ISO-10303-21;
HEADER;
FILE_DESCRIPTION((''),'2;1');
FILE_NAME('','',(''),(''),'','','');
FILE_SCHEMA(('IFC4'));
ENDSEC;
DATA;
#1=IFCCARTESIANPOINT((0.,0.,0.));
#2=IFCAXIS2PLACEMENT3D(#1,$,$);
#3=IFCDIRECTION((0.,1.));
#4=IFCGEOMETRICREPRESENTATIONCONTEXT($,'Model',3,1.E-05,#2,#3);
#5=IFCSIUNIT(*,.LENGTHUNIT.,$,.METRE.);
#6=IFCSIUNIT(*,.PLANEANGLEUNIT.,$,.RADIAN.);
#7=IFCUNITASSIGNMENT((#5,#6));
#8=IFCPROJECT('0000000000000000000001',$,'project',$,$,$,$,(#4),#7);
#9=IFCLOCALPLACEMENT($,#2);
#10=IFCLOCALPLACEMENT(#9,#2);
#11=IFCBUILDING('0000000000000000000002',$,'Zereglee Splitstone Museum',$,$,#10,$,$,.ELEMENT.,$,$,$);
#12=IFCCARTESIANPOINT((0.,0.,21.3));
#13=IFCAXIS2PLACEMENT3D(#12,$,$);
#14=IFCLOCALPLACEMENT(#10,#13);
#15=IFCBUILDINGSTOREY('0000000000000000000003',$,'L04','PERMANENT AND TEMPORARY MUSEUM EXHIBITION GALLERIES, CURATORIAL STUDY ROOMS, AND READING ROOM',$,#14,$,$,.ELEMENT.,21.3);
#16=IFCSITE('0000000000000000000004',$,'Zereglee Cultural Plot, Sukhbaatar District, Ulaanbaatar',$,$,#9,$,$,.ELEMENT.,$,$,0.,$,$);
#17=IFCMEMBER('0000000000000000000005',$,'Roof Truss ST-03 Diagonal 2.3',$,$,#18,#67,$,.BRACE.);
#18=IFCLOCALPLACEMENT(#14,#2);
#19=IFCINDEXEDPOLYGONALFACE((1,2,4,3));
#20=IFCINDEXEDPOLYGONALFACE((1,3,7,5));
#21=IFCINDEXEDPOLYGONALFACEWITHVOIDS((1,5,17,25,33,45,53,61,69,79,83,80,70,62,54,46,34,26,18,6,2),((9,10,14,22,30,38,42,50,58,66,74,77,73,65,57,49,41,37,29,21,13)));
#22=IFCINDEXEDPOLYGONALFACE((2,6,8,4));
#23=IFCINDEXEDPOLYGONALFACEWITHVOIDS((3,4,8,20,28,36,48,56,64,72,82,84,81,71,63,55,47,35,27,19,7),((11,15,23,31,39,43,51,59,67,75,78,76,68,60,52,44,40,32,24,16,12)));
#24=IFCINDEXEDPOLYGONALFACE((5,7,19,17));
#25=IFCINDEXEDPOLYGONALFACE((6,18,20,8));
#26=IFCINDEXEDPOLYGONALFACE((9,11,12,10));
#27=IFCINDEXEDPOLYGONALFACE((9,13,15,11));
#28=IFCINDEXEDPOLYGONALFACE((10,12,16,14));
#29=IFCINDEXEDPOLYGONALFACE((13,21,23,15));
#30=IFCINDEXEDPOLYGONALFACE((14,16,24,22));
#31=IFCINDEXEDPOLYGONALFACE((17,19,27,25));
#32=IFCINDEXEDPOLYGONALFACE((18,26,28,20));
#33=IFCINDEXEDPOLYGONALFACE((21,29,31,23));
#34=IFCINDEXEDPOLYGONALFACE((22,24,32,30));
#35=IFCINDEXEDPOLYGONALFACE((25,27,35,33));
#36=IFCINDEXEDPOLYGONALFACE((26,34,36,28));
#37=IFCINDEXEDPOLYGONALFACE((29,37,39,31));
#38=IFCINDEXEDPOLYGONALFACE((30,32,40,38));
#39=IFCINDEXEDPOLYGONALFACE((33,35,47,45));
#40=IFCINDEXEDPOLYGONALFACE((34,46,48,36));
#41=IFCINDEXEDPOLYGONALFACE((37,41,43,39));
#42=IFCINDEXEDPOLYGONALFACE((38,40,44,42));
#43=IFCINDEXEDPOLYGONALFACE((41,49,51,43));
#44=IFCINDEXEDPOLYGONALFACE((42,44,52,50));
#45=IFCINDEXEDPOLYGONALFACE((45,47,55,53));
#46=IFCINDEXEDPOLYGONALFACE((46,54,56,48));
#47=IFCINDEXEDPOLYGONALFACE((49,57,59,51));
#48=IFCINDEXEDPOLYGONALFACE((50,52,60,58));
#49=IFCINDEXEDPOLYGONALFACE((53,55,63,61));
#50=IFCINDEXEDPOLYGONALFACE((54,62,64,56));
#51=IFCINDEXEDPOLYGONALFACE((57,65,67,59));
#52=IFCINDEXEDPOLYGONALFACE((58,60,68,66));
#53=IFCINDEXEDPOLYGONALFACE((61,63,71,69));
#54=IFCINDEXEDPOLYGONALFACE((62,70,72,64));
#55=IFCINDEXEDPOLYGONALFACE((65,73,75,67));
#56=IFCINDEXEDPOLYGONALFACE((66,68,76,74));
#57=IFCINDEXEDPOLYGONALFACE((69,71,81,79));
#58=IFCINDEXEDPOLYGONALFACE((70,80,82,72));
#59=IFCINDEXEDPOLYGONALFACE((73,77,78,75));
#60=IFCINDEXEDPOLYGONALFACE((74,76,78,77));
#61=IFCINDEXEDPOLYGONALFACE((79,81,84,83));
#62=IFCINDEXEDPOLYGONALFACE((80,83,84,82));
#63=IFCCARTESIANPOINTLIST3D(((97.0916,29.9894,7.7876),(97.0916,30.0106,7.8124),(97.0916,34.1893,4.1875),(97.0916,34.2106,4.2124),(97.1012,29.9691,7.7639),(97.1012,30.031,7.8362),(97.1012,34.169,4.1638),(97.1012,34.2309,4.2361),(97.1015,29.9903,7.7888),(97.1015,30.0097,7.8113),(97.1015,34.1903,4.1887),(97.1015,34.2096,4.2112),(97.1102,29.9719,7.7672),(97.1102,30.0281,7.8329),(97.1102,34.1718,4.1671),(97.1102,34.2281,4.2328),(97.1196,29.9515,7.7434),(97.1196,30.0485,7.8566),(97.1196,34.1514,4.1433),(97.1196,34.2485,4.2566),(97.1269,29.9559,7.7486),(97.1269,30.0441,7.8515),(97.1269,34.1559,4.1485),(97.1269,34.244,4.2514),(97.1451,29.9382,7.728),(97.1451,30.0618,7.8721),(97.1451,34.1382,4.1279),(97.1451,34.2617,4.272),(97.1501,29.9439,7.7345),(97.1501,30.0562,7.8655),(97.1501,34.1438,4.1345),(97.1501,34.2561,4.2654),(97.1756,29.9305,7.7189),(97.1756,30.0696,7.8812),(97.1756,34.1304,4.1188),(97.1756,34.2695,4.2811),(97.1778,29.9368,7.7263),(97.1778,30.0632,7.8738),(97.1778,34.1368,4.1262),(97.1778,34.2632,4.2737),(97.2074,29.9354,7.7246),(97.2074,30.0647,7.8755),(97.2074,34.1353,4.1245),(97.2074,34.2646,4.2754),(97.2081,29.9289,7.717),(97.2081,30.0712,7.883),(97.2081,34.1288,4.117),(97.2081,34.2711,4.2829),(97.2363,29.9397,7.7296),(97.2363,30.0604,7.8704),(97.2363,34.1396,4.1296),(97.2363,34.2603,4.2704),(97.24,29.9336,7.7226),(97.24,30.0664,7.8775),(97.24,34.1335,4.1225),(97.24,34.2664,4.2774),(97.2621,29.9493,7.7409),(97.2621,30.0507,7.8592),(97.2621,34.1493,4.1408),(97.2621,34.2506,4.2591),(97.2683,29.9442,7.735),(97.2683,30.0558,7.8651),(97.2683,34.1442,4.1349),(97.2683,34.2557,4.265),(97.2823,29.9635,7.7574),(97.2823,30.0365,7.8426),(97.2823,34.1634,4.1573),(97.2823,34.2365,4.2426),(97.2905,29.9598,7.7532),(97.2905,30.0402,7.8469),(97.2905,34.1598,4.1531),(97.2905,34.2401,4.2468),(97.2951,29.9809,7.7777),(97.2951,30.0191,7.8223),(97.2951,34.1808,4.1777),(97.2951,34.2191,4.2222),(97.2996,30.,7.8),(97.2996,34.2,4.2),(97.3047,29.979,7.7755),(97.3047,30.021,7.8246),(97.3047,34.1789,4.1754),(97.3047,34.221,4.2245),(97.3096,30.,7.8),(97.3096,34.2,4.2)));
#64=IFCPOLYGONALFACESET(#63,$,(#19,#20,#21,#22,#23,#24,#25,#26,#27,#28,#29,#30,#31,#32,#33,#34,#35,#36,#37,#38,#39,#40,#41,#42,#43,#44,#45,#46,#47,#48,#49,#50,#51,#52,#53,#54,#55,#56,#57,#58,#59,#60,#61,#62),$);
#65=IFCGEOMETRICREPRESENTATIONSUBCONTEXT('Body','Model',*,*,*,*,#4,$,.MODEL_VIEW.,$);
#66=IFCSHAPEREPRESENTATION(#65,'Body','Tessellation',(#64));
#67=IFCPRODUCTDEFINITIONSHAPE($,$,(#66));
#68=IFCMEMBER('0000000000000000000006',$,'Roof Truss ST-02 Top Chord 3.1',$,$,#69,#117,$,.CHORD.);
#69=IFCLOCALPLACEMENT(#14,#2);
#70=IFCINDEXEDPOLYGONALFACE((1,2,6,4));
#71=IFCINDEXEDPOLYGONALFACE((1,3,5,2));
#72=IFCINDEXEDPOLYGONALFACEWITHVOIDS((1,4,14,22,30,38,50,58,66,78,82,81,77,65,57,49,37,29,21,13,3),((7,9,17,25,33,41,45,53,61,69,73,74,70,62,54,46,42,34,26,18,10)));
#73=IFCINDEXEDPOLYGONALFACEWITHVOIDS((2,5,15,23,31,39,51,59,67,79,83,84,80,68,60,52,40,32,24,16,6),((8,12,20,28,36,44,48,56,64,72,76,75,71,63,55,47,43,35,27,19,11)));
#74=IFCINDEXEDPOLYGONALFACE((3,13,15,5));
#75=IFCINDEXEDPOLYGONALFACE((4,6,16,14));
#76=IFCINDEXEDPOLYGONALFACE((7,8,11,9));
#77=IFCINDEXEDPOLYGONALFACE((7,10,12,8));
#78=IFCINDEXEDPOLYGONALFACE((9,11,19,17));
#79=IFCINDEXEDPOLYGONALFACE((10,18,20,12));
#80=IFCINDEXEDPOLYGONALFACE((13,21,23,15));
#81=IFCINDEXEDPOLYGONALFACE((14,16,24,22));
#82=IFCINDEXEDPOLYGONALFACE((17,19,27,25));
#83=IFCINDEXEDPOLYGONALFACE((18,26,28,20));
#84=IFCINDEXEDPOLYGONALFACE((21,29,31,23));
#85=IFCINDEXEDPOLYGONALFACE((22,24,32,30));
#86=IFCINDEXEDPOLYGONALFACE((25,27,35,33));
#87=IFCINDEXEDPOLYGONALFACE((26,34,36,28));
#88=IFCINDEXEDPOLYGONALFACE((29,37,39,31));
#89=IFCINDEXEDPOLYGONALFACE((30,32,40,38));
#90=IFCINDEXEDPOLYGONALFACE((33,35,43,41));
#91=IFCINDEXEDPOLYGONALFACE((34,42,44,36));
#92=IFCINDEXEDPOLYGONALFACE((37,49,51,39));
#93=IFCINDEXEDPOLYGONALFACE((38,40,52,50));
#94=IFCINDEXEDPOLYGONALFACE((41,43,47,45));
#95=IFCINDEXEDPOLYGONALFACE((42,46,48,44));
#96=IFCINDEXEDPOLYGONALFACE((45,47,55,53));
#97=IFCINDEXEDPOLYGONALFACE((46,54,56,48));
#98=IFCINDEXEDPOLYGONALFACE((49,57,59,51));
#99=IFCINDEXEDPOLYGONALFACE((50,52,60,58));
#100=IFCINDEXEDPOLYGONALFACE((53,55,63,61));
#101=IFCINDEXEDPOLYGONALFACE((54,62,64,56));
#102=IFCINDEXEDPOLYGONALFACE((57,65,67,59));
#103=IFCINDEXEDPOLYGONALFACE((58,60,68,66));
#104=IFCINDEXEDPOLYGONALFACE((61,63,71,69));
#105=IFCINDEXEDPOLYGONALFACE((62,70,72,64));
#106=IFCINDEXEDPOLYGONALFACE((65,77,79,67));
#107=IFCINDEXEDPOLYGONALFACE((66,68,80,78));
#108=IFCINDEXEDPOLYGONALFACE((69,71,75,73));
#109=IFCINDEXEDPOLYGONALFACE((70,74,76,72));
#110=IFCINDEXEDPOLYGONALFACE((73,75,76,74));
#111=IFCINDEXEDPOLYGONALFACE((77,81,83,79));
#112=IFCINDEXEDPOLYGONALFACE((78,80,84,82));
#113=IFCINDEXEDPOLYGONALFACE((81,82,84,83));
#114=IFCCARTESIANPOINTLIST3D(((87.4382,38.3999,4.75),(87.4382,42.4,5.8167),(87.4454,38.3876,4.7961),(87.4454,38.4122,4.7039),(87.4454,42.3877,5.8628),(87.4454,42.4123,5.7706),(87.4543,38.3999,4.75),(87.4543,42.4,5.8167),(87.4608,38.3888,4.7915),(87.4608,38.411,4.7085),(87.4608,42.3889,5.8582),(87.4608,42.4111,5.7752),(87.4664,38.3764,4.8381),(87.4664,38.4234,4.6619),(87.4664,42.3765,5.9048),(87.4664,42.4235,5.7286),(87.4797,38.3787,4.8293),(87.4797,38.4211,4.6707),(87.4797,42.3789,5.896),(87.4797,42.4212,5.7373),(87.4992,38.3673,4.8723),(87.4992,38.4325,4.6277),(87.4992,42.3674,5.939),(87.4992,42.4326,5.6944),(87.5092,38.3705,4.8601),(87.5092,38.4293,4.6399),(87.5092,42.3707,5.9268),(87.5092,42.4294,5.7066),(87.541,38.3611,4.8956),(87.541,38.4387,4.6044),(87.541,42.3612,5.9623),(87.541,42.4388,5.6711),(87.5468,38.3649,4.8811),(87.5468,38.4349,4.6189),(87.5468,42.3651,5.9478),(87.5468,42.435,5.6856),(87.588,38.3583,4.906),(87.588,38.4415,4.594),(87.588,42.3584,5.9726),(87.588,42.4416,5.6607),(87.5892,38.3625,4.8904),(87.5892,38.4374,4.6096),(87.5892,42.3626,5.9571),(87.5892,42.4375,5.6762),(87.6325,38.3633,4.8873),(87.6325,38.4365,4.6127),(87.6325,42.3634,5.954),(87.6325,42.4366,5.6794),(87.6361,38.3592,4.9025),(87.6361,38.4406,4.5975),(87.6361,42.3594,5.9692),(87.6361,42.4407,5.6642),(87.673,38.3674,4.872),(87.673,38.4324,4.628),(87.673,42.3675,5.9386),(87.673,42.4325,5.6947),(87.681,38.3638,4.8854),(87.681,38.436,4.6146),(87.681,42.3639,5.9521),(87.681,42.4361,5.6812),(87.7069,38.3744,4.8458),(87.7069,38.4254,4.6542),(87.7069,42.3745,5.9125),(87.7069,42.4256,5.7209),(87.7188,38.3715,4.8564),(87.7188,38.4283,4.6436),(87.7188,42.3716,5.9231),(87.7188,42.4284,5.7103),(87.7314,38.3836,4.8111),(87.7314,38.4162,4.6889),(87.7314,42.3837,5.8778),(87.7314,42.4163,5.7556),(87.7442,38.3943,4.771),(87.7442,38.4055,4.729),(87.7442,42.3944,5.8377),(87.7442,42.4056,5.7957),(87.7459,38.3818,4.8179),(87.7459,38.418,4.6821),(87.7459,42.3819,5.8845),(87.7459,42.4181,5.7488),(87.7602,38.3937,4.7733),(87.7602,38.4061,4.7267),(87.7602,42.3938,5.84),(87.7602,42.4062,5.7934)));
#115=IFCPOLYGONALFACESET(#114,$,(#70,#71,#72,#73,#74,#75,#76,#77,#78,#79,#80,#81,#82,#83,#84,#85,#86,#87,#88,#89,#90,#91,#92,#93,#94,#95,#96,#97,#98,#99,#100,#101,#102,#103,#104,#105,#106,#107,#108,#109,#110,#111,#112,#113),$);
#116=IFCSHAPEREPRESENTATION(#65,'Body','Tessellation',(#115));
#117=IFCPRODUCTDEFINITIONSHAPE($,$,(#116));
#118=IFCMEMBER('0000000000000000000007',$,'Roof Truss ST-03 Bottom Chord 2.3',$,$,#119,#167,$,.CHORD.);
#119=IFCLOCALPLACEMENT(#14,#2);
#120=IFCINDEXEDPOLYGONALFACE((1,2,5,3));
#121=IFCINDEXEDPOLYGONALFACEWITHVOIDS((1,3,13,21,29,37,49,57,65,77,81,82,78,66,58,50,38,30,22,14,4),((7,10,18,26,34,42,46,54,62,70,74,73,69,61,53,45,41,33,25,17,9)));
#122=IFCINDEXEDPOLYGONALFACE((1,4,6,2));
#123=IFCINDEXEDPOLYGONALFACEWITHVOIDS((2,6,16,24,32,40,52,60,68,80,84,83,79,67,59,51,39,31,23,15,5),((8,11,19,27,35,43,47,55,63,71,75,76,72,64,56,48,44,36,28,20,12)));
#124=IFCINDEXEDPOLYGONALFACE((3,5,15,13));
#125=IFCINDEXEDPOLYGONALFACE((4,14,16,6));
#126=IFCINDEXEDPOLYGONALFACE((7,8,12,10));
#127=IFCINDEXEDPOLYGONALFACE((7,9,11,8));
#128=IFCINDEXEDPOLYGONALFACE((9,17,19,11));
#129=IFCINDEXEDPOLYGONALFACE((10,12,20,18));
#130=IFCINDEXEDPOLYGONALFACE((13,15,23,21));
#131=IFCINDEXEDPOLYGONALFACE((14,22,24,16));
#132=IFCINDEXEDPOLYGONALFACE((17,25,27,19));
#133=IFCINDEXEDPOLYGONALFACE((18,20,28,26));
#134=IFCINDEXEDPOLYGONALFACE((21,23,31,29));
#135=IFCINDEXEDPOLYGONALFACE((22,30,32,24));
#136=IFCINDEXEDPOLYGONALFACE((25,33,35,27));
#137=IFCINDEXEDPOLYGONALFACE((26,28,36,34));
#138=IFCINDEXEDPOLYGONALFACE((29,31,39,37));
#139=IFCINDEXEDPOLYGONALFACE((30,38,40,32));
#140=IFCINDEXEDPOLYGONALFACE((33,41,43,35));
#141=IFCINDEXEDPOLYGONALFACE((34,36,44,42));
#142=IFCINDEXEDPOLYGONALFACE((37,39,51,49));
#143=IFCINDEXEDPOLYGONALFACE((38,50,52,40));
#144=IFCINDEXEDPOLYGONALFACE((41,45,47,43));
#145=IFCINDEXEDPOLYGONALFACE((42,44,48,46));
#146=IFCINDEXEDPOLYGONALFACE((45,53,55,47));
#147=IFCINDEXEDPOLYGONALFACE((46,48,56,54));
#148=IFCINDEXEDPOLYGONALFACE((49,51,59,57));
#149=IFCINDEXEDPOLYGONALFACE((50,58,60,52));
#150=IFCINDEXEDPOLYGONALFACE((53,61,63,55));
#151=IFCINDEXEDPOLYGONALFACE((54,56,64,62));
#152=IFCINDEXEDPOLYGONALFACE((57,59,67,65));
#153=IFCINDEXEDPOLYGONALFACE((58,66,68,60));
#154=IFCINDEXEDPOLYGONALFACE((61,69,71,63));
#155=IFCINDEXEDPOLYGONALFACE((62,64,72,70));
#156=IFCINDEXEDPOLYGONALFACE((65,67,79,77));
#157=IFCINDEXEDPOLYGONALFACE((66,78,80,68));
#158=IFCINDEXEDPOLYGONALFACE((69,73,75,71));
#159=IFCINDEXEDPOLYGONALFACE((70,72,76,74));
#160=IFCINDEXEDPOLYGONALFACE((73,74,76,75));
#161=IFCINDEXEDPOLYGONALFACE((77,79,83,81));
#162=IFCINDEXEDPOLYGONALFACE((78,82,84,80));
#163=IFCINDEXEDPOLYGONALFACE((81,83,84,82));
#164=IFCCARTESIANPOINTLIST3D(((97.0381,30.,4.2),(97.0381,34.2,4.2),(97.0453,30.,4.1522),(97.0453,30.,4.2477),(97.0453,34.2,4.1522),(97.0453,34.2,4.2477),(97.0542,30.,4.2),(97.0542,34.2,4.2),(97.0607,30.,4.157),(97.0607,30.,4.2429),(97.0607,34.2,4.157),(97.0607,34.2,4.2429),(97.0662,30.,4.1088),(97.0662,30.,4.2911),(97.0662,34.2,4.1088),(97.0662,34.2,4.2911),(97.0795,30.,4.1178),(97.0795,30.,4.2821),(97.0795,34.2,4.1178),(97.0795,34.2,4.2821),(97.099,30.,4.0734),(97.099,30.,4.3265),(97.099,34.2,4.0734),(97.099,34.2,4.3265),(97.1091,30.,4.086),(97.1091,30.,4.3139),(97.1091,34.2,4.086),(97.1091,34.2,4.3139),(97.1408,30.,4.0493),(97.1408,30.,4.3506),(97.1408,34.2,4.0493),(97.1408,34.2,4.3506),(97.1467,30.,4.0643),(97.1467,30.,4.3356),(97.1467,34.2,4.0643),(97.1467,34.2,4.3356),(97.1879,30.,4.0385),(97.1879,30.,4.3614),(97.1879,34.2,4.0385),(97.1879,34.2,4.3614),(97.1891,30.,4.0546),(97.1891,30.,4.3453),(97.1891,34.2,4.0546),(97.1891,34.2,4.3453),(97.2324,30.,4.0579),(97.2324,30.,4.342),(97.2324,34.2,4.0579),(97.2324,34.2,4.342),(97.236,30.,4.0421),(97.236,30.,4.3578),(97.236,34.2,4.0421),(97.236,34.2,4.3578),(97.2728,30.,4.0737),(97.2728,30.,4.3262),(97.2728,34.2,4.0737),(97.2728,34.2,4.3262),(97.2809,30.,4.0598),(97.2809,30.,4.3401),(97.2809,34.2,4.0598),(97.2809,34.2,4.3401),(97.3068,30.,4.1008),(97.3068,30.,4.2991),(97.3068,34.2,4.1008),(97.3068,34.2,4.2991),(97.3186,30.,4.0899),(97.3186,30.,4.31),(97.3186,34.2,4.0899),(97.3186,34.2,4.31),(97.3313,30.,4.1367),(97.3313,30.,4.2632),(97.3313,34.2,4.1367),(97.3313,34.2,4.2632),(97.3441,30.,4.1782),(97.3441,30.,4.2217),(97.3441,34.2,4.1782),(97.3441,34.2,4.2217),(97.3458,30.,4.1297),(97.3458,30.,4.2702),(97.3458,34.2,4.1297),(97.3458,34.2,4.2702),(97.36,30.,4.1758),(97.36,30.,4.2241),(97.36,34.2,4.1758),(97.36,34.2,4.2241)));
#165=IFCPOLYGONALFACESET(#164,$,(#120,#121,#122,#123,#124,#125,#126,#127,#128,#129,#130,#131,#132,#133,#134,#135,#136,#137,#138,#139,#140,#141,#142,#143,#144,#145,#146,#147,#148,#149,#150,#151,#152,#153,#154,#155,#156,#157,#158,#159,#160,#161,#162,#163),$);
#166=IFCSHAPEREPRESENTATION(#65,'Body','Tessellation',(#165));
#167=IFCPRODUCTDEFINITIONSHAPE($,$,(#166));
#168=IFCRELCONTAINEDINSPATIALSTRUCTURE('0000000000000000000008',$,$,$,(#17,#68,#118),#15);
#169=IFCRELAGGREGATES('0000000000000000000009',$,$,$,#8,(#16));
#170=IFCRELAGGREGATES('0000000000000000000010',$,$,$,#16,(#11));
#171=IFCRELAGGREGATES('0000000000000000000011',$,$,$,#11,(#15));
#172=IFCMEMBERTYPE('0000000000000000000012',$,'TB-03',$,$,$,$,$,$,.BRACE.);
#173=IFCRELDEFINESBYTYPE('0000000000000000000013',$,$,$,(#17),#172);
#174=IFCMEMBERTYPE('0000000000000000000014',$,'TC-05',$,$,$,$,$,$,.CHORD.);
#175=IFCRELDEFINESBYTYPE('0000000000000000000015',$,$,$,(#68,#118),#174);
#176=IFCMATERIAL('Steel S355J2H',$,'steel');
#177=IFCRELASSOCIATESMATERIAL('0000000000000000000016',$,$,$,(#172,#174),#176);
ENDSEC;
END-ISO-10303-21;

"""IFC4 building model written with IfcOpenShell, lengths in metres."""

from ifc_helpers import new_model, si_unit, direction, frame, origin, origin_2d, place, context, subcontext, project, spatial, hollow_circle, extrude, material, material_profile, profile_set, type_object, element, save


model = new_model("IFC4")

# Units and contexts
model_context = context("Model", 3, precision=1e-05, world=origin(), true_north=direction((0.0, 1.0)))
body_context = subcontext(model_context, "Body", "Model", "MODEL_VIEW")
ifc_project = project(units=[si_unit("LENGTHUNIT", "METRE"), si_unit("PLANEANGLEUNIT", "RADIAN")], contexts=[model_context])

# Site, building, storey
site_placement = place(None, origin())
site = spatial("IfcSite", under=ifc_project, at=site_placement, Name="Zereglee Cultural Plot, Sukhbaatar District, Ulaanbaatar", CompositionType="ELEMENT", RefElevation=0.0)
building_placement = place(site_placement, origin())
building = spatial("IfcBuilding", under=site, at=building_placement, Name="Zereglee Splitstone Museum", CompositionType="ELEMENT")
storey_placement = place(building_placement, frame((0.0, 0.0, 21.3)))
storey = spatial("IfcBuildingStorey", under=building, at=storey_placement, Name="L04", Description="PERMANENT AND TEMPORARY MUSEUM EXHIBITION GALLERIES, CURATORIAL STUDY ROOMS, AND READING ROOM", CompositionType="ELEMENT", Elevation=21.3)

# Shared definitions
ifc_material_1 = material(Name="Steel S355J2H", Category="steel")

# Members
ifc_material_profile_1 = material_profile(ifc_material_1, hollow_circle(Radius=0.1096, WallThickness=0.01, at=origin_2d()), Name="CHS 219.1x10")
ifc_profile_set_1 = profile_set([ifc_material_profile_1], Name="Steel S355J2H")
member_type_1 = type_object("IfcMemberType", Name="TB-03", PredefinedType="BRACE", material=ifc_profile_set_1)
member_1_placement = place(storey_placement, frame((97.2, 34.2, 4.2), z_axis=(0.0, -0.759244, 0.650806), x_axis=(1.0, 0.0, 0.0)))
element("IfcMember", 1, at=member_1_placement, inside=storey, type_object=member_type_1, Name="Roof Truss ST-03 Diagonal 2.3", PredefinedType="BRACE", context=body_context, shape_type="SweptSolid", body=[
    extrude(hollow_circle(Radius=0.1096, WallThickness=0.01, at=origin_2d()), origin(), (0.0, 0.0, 1.0), 5.5317),
])
ifc_material_profile_2 = material_profile(ifc_material_1, hollow_circle(Radius=0.1619, WallThickness=0.0161, at=origin_2d()), Name="CHS 323.9x16")
ifc_profile_set_2 = profile_set([ifc_material_profile_2], Name="Steel S355J2H")
member_type_2 = type_object("IfcMemberType", Name="TC-05", PredefinedType="CHORD", material=ifc_profile_set_2)
member_2_placement = place(storey_placement, frame((87.6001, 38.3999, 4.75), z_axis=(0.0, 0.966236, 0.257659), x_axis=(-1.0, 0.0, 0.0)))
element("IfcMember", 2, at=member_2_placement, inside=storey, type_object=member_type_2, Name="Roof Truss ST-02 Top Chord 3.1", PredefinedType="CHORD", context=body_context, shape_type="SweptSolid", body=[
    extrude(hollow_circle(Radius=0.1619, WallThickness=0.0161, at=origin_2d()), origin(), (0.0, 0.0, 1.0), 4.1399),
])
member_3_placement = place(storey_placement, frame((97.2, 30.0, 4.2), z_axis=(0.0, 1.0, 0.0), x_axis=(-1.0, 0.0, 0.0)))
element("IfcMember", 3, at=member_3_placement, inside=storey, type_object=member_type_2, Name="Roof Truss ST-03 Bottom Chord 2.3", PredefinedType="CHORD", context=body_context, shape_type="SweptSolid", body=[
    extrude(hollow_circle(Radius=0.1619, WallThickness=0.0161, at=origin_2d()), origin(), (0.0, 0.0, 1.0), 4.2),
])

save(model, "model.ifc")
